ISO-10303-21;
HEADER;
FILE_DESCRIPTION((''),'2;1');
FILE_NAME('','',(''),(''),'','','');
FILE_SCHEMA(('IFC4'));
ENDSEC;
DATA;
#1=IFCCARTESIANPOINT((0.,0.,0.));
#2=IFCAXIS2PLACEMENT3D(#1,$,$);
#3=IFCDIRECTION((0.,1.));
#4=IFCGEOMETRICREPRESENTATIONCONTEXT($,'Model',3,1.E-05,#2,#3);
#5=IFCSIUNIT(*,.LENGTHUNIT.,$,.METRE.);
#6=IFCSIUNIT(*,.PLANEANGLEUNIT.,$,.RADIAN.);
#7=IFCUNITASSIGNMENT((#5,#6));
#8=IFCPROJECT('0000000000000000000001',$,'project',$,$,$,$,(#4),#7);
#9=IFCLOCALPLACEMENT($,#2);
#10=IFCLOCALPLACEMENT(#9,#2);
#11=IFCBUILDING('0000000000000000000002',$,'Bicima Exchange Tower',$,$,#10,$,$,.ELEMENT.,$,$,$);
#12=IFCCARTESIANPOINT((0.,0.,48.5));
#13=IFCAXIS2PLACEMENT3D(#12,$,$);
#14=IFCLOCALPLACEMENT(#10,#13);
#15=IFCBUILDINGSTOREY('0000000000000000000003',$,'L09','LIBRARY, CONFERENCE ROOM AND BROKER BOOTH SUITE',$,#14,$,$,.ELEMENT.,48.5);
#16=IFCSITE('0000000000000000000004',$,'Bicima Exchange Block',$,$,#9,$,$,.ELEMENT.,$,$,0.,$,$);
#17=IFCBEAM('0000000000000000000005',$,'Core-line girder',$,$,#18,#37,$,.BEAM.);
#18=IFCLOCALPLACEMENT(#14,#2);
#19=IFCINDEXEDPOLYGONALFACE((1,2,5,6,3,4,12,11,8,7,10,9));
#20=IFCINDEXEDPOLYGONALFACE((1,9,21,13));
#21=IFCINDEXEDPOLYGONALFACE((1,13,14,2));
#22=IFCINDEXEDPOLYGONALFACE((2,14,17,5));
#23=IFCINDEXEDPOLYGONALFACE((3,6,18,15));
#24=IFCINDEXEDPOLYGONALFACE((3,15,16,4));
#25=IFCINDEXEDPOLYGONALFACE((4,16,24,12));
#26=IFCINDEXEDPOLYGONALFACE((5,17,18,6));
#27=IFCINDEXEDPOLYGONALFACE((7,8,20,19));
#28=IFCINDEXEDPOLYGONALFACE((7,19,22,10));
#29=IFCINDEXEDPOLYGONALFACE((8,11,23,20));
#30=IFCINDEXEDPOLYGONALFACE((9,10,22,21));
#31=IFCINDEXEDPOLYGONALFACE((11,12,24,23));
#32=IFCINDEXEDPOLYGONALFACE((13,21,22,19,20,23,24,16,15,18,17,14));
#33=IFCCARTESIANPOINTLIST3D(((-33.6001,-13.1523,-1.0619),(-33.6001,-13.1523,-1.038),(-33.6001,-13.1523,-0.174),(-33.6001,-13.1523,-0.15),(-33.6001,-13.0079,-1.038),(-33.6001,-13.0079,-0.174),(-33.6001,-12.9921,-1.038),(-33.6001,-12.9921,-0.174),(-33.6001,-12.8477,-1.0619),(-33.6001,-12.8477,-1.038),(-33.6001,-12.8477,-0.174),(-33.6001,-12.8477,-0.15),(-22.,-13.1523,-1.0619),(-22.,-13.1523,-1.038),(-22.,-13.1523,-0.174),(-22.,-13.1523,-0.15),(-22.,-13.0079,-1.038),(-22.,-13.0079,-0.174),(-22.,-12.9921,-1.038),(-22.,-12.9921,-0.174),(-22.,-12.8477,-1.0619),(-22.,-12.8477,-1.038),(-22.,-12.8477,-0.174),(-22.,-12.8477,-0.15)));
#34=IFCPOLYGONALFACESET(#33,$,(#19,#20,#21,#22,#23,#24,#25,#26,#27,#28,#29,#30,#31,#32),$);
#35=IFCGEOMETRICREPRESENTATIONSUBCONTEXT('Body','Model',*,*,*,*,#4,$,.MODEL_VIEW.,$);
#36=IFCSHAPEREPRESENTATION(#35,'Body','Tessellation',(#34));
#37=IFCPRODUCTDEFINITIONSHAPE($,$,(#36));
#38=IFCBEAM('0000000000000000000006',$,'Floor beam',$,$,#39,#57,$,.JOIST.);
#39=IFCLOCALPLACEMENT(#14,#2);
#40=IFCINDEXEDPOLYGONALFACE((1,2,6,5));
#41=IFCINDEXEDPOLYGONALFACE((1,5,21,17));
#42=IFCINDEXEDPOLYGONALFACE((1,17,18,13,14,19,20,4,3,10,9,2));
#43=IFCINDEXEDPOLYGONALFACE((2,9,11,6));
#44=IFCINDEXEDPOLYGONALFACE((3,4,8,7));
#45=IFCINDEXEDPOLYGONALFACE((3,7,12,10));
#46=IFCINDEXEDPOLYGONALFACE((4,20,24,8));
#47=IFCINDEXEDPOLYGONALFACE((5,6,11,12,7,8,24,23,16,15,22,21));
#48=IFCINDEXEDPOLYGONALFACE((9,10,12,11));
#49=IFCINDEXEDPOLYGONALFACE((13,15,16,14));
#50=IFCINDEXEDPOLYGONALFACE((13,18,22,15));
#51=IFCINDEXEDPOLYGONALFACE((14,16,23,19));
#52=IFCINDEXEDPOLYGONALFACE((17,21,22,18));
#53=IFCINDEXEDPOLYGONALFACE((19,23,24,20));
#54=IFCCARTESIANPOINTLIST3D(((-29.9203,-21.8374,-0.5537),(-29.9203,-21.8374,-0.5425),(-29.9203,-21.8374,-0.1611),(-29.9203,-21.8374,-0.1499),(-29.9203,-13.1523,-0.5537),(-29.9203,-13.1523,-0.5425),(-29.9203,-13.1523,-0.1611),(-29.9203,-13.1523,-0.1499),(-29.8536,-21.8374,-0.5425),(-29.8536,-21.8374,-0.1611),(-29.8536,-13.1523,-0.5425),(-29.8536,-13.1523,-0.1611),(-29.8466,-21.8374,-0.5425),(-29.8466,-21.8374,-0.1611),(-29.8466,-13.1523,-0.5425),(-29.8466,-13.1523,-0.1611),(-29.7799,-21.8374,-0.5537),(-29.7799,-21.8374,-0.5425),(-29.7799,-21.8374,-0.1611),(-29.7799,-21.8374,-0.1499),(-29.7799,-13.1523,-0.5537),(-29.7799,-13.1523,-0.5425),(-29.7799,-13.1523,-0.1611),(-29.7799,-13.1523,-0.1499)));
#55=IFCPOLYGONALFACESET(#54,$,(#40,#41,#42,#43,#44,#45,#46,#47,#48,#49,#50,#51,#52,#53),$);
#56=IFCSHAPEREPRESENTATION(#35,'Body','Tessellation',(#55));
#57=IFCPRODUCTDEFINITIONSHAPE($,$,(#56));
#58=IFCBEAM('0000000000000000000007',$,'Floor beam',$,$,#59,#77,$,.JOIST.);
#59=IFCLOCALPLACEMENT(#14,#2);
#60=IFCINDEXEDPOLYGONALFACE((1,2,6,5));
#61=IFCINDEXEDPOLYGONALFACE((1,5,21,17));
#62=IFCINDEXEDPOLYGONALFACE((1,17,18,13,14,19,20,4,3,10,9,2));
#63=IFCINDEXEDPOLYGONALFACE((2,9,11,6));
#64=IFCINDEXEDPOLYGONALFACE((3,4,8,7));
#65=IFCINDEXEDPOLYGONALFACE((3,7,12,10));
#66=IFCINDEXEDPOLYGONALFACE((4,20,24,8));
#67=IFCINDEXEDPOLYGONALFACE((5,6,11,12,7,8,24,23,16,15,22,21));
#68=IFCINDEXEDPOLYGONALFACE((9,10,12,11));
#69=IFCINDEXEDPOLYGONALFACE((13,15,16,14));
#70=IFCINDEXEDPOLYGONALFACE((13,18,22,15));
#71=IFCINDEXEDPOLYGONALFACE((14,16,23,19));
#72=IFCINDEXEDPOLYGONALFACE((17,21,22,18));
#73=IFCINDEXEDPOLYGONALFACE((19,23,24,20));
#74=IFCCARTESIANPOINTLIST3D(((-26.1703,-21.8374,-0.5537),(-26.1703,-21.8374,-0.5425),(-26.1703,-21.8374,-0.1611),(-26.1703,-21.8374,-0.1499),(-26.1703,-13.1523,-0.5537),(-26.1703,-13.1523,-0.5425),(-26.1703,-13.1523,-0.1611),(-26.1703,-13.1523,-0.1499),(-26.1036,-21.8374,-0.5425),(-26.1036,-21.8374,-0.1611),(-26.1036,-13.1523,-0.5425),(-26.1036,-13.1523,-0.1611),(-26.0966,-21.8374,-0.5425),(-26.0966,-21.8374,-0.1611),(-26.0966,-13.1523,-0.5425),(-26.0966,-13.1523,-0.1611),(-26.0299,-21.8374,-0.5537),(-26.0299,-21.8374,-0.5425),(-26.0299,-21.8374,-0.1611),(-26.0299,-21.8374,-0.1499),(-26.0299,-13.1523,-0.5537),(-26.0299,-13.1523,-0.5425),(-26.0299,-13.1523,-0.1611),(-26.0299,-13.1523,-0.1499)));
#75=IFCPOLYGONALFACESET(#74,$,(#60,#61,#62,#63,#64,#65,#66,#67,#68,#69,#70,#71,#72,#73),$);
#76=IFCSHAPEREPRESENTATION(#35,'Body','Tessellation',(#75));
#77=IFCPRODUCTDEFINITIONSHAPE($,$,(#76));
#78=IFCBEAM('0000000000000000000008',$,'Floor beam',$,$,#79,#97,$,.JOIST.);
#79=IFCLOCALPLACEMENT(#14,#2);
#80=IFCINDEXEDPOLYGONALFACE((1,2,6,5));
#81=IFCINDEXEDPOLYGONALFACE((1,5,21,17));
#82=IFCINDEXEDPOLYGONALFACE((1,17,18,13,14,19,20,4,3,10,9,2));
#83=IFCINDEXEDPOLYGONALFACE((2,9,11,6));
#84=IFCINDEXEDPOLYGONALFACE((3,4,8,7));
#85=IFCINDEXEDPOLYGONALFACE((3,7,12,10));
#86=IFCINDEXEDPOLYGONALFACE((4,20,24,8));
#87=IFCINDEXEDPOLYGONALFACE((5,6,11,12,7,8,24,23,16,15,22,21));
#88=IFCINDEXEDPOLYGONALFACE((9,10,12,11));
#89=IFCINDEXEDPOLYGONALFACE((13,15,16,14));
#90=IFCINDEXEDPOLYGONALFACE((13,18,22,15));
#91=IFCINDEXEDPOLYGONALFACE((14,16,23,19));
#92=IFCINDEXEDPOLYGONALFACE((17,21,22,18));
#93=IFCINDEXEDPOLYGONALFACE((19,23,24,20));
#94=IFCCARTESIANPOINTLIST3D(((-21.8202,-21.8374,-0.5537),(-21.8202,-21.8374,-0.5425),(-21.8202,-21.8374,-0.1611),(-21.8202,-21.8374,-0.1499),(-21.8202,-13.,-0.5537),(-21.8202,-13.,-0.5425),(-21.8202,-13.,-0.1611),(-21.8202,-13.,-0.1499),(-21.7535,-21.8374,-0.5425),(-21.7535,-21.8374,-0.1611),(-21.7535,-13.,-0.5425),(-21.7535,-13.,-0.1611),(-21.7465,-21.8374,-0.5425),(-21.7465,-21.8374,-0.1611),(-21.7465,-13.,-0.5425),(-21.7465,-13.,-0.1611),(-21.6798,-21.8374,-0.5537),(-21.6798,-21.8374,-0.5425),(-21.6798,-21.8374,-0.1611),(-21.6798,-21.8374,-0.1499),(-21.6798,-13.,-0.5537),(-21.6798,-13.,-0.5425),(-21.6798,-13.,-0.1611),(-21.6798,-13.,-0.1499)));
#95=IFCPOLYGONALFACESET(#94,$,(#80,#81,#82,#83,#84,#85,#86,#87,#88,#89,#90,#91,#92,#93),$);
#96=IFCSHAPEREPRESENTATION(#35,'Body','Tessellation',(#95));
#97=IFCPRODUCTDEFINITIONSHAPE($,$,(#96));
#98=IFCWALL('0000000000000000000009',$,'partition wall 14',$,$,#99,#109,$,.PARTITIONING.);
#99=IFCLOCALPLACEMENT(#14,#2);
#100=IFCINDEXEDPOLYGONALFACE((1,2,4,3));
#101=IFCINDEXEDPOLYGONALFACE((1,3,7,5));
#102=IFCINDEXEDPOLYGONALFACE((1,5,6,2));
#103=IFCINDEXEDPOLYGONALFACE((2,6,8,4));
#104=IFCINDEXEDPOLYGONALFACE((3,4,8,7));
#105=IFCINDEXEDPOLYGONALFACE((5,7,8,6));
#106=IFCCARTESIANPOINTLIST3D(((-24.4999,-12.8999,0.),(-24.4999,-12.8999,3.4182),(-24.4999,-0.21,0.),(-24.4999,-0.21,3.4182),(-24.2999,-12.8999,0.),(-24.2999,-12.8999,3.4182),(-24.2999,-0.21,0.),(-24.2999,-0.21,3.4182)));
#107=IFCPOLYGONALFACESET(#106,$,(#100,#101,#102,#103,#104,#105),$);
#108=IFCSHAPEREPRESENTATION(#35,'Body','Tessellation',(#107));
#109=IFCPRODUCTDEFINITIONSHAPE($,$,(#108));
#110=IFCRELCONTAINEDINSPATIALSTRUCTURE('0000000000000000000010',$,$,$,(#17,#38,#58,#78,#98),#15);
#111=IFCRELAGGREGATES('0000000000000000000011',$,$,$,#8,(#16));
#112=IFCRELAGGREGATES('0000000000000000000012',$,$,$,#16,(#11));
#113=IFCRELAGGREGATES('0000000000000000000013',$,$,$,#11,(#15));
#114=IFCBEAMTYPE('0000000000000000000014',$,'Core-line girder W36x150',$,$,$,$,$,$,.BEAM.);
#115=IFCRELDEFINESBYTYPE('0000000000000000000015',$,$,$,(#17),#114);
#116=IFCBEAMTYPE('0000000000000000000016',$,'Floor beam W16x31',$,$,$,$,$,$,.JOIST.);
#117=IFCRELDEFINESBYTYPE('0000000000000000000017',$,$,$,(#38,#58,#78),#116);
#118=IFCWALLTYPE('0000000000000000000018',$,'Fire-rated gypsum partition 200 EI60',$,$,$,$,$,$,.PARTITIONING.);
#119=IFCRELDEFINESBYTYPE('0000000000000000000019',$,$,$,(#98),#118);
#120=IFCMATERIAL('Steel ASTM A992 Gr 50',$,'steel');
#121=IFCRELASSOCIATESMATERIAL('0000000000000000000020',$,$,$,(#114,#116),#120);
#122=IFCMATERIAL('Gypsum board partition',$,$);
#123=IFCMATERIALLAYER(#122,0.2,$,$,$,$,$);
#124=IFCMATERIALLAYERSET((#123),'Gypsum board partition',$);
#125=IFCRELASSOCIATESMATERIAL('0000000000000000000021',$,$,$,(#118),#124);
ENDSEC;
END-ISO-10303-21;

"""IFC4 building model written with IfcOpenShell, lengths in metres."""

from ifc_helpers import new_model, si_unit, direction, frame, frame_2d, origin, origin_2d, place, context, subcontext, project, spatial, rectangle, i_section, extrude, material, layer, layer_set, material_profile, profile_set, type_object, element, save


model = new_model("IFC4")

# Units and contexts
model_context = context("Model", 3, precision=1e-05, world=origin(), true_north=direction((0.0, 1.0)))
body_context = subcontext(model_context, "Body", "Model", "MODEL_VIEW")
ifc_project = project(units=[si_unit("LENGTHUNIT", "METRE"), si_unit("PLANEANGLEUNIT", "RADIAN")], contexts=[model_context])

# Site, building, storey
site_placement = place(None, origin())
site = spatial("IfcSite", under=ifc_project, at=site_placement, Name="Bicima Exchange Block", CompositionType="ELEMENT", RefElevation=0.0)
building_placement = place(site_placement, origin())
building = spatial("IfcBuilding", under=site, at=building_placement, Name="Bicima Exchange Tower", CompositionType="ELEMENT")
storey_placement = place(building_placement, frame((0.0, 0.0, 48.5)))
storey = spatial("IfcBuildingStorey", under=building, at=storey_placement, Name="L09", Description="LIBRARY, CONFERENCE ROOM AND BROKER BOOTH SUITE", CompositionType="ELEMENT", Elevation=48.5)

# Beams
ifc_material_1 = material(Name="Steel ASTM A992 Gr 50", Category="steel")
ifc_material_profile_1 = material_profile(ifc_material_1, i_section(OverallWidth=0.3047, OverallDepth=0.9119, WebThickness=0.0159, FlangeThickness=0.0239, at=origin_2d()))
ifc_profile_set_1 = profile_set([ifc_material_profile_1], Name="Steel ASTM A992 Gr 50")
beam_type_1 = type_object("IfcBeamType", Name="Core-line girder W36x150", PredefinedType="BEAM", material=ifc_profile_set_1)
beam_1_placement = place(storey_placement, frame((-22.0, -13.0, -0.606), z_axis=(-1.0, 0.0, 0.0), x_axis=(0.0, -1.0, 0.0)))
element("IfcBeam", 1, at=beam_1_placement, inside=storey, type_object=beam_type_1, Name="Core-line girder", PredefinedType="BEAM", context=body_context, shape_type="SweptSolid", body=[
    extrude(i_section(OverallWidth=0.3047, OverallDepth=0.9119, WebThickness=0.0159, FlangeThickness=0.0239, at=origin_2d()), origin(), (0.0, 0.0, 1.0), 11.6001),
])
ifc_material_profile_2 = material_profile(ifc_material_1, i_section(OverallWidth=0.1404, OverallDepth=0.4038, WebThickness=0.0071, FlangeThickness=0.0112, at=origin_2d()))
ifc_profile_set_2 = profile_set([ifc_material_profile_2], Name="Steel ASTM A992 Gr 50")
beam_type_2 = type_object("IfcBeamType", Name="Floor beam W16x31", PredefinedType="JOIST", material=ifc_profile_set_2)
for number, where, z_axis, x_axis, name in (
    (2, (-29.8501, -13.1523, -0.3518), (0.0, -1.0, 0.0), (1.0, 0.0, 0.0), "Floor beam"),
    (3, (-26.1001, -13.1523, -0.3518), (0.0, -1.0, 0.0), (1.0, 0.0, 0.0), "Floor beam"),
):
    element("IfcBeam", number, at=place(storey_placement, frame(where, z_axis=z_axis, x_axis=x_axis)), inside=storey, type_object=beam_type_2, Name=name, PredefinedType="JOIST", context=body_context, shape_type="SweptSolid", body=[
        extrude(i_section(OverallWidth=0.1404, OverallDepth=0.4038, WebThickness=0.0071, FlangeThickness=0.0112, at=origin_2d()), origin(), (0.0, 0.0, 1.0), 8.6851),
    ])
beam_2_placement = place(storey_placement, frame((-21.75, -13.0, -0.3518), z_axis=(0.0, -1.0, 0.0), x_axis=(1.0, 0.0, 0.0)))
element("IfcBeam", 4, at=beam_2_placement, inside=storey, type_object=beam_type_2, Name="Floor beam", PredefinedType="JOIST", context=body_context, shape_type="SweptSolid", body=[
    extrude(i_section(OverallWidth=0.1404, OverallDepth=0.4038, WebThickness=0.0071, FlangeThickness=0.0112, at=origin_2d()), origin(), (0.0, 0.0, 1.0), 8.8374),
])

# Wall
ifc_material_2 = material(Name="Gypsum board partition")
ifc_layer_1 = layer(ifc_material_2, 0.2)
ifc_layer_set_1 = layer_set([ifc_layer_1], Name="Gypsum board partition")
wall_type_1 = type_object("IfcWallType", Name="Fire-rated gypsum partition 200 EI60", PredefinedType="PARTITIONING", material=ifc_layer_set_1)
wall_1_placement = place(storey_placement, frame((-24.3999, -12.8999, 0.0), z_axis=(0.0, 0.0, 1.0), x_axis=(0.0, 1.0, 0.0)))
element("IfcWall", 5, at=wall_1_placement, inside=storey, type_object=wall_type_1, Name="partition wall 14", PredefinedType="PARTITIONING", context=body_context, shape_type="SweptSolid", body=[
    extrude(rectangle(XDim=12.6899, YDim=0.2, at=frame_2d((6.345, 0.0))), origin(), (0.0, 0.0, 1.0), 3.4182),
])

save(model, "model.ifc")
